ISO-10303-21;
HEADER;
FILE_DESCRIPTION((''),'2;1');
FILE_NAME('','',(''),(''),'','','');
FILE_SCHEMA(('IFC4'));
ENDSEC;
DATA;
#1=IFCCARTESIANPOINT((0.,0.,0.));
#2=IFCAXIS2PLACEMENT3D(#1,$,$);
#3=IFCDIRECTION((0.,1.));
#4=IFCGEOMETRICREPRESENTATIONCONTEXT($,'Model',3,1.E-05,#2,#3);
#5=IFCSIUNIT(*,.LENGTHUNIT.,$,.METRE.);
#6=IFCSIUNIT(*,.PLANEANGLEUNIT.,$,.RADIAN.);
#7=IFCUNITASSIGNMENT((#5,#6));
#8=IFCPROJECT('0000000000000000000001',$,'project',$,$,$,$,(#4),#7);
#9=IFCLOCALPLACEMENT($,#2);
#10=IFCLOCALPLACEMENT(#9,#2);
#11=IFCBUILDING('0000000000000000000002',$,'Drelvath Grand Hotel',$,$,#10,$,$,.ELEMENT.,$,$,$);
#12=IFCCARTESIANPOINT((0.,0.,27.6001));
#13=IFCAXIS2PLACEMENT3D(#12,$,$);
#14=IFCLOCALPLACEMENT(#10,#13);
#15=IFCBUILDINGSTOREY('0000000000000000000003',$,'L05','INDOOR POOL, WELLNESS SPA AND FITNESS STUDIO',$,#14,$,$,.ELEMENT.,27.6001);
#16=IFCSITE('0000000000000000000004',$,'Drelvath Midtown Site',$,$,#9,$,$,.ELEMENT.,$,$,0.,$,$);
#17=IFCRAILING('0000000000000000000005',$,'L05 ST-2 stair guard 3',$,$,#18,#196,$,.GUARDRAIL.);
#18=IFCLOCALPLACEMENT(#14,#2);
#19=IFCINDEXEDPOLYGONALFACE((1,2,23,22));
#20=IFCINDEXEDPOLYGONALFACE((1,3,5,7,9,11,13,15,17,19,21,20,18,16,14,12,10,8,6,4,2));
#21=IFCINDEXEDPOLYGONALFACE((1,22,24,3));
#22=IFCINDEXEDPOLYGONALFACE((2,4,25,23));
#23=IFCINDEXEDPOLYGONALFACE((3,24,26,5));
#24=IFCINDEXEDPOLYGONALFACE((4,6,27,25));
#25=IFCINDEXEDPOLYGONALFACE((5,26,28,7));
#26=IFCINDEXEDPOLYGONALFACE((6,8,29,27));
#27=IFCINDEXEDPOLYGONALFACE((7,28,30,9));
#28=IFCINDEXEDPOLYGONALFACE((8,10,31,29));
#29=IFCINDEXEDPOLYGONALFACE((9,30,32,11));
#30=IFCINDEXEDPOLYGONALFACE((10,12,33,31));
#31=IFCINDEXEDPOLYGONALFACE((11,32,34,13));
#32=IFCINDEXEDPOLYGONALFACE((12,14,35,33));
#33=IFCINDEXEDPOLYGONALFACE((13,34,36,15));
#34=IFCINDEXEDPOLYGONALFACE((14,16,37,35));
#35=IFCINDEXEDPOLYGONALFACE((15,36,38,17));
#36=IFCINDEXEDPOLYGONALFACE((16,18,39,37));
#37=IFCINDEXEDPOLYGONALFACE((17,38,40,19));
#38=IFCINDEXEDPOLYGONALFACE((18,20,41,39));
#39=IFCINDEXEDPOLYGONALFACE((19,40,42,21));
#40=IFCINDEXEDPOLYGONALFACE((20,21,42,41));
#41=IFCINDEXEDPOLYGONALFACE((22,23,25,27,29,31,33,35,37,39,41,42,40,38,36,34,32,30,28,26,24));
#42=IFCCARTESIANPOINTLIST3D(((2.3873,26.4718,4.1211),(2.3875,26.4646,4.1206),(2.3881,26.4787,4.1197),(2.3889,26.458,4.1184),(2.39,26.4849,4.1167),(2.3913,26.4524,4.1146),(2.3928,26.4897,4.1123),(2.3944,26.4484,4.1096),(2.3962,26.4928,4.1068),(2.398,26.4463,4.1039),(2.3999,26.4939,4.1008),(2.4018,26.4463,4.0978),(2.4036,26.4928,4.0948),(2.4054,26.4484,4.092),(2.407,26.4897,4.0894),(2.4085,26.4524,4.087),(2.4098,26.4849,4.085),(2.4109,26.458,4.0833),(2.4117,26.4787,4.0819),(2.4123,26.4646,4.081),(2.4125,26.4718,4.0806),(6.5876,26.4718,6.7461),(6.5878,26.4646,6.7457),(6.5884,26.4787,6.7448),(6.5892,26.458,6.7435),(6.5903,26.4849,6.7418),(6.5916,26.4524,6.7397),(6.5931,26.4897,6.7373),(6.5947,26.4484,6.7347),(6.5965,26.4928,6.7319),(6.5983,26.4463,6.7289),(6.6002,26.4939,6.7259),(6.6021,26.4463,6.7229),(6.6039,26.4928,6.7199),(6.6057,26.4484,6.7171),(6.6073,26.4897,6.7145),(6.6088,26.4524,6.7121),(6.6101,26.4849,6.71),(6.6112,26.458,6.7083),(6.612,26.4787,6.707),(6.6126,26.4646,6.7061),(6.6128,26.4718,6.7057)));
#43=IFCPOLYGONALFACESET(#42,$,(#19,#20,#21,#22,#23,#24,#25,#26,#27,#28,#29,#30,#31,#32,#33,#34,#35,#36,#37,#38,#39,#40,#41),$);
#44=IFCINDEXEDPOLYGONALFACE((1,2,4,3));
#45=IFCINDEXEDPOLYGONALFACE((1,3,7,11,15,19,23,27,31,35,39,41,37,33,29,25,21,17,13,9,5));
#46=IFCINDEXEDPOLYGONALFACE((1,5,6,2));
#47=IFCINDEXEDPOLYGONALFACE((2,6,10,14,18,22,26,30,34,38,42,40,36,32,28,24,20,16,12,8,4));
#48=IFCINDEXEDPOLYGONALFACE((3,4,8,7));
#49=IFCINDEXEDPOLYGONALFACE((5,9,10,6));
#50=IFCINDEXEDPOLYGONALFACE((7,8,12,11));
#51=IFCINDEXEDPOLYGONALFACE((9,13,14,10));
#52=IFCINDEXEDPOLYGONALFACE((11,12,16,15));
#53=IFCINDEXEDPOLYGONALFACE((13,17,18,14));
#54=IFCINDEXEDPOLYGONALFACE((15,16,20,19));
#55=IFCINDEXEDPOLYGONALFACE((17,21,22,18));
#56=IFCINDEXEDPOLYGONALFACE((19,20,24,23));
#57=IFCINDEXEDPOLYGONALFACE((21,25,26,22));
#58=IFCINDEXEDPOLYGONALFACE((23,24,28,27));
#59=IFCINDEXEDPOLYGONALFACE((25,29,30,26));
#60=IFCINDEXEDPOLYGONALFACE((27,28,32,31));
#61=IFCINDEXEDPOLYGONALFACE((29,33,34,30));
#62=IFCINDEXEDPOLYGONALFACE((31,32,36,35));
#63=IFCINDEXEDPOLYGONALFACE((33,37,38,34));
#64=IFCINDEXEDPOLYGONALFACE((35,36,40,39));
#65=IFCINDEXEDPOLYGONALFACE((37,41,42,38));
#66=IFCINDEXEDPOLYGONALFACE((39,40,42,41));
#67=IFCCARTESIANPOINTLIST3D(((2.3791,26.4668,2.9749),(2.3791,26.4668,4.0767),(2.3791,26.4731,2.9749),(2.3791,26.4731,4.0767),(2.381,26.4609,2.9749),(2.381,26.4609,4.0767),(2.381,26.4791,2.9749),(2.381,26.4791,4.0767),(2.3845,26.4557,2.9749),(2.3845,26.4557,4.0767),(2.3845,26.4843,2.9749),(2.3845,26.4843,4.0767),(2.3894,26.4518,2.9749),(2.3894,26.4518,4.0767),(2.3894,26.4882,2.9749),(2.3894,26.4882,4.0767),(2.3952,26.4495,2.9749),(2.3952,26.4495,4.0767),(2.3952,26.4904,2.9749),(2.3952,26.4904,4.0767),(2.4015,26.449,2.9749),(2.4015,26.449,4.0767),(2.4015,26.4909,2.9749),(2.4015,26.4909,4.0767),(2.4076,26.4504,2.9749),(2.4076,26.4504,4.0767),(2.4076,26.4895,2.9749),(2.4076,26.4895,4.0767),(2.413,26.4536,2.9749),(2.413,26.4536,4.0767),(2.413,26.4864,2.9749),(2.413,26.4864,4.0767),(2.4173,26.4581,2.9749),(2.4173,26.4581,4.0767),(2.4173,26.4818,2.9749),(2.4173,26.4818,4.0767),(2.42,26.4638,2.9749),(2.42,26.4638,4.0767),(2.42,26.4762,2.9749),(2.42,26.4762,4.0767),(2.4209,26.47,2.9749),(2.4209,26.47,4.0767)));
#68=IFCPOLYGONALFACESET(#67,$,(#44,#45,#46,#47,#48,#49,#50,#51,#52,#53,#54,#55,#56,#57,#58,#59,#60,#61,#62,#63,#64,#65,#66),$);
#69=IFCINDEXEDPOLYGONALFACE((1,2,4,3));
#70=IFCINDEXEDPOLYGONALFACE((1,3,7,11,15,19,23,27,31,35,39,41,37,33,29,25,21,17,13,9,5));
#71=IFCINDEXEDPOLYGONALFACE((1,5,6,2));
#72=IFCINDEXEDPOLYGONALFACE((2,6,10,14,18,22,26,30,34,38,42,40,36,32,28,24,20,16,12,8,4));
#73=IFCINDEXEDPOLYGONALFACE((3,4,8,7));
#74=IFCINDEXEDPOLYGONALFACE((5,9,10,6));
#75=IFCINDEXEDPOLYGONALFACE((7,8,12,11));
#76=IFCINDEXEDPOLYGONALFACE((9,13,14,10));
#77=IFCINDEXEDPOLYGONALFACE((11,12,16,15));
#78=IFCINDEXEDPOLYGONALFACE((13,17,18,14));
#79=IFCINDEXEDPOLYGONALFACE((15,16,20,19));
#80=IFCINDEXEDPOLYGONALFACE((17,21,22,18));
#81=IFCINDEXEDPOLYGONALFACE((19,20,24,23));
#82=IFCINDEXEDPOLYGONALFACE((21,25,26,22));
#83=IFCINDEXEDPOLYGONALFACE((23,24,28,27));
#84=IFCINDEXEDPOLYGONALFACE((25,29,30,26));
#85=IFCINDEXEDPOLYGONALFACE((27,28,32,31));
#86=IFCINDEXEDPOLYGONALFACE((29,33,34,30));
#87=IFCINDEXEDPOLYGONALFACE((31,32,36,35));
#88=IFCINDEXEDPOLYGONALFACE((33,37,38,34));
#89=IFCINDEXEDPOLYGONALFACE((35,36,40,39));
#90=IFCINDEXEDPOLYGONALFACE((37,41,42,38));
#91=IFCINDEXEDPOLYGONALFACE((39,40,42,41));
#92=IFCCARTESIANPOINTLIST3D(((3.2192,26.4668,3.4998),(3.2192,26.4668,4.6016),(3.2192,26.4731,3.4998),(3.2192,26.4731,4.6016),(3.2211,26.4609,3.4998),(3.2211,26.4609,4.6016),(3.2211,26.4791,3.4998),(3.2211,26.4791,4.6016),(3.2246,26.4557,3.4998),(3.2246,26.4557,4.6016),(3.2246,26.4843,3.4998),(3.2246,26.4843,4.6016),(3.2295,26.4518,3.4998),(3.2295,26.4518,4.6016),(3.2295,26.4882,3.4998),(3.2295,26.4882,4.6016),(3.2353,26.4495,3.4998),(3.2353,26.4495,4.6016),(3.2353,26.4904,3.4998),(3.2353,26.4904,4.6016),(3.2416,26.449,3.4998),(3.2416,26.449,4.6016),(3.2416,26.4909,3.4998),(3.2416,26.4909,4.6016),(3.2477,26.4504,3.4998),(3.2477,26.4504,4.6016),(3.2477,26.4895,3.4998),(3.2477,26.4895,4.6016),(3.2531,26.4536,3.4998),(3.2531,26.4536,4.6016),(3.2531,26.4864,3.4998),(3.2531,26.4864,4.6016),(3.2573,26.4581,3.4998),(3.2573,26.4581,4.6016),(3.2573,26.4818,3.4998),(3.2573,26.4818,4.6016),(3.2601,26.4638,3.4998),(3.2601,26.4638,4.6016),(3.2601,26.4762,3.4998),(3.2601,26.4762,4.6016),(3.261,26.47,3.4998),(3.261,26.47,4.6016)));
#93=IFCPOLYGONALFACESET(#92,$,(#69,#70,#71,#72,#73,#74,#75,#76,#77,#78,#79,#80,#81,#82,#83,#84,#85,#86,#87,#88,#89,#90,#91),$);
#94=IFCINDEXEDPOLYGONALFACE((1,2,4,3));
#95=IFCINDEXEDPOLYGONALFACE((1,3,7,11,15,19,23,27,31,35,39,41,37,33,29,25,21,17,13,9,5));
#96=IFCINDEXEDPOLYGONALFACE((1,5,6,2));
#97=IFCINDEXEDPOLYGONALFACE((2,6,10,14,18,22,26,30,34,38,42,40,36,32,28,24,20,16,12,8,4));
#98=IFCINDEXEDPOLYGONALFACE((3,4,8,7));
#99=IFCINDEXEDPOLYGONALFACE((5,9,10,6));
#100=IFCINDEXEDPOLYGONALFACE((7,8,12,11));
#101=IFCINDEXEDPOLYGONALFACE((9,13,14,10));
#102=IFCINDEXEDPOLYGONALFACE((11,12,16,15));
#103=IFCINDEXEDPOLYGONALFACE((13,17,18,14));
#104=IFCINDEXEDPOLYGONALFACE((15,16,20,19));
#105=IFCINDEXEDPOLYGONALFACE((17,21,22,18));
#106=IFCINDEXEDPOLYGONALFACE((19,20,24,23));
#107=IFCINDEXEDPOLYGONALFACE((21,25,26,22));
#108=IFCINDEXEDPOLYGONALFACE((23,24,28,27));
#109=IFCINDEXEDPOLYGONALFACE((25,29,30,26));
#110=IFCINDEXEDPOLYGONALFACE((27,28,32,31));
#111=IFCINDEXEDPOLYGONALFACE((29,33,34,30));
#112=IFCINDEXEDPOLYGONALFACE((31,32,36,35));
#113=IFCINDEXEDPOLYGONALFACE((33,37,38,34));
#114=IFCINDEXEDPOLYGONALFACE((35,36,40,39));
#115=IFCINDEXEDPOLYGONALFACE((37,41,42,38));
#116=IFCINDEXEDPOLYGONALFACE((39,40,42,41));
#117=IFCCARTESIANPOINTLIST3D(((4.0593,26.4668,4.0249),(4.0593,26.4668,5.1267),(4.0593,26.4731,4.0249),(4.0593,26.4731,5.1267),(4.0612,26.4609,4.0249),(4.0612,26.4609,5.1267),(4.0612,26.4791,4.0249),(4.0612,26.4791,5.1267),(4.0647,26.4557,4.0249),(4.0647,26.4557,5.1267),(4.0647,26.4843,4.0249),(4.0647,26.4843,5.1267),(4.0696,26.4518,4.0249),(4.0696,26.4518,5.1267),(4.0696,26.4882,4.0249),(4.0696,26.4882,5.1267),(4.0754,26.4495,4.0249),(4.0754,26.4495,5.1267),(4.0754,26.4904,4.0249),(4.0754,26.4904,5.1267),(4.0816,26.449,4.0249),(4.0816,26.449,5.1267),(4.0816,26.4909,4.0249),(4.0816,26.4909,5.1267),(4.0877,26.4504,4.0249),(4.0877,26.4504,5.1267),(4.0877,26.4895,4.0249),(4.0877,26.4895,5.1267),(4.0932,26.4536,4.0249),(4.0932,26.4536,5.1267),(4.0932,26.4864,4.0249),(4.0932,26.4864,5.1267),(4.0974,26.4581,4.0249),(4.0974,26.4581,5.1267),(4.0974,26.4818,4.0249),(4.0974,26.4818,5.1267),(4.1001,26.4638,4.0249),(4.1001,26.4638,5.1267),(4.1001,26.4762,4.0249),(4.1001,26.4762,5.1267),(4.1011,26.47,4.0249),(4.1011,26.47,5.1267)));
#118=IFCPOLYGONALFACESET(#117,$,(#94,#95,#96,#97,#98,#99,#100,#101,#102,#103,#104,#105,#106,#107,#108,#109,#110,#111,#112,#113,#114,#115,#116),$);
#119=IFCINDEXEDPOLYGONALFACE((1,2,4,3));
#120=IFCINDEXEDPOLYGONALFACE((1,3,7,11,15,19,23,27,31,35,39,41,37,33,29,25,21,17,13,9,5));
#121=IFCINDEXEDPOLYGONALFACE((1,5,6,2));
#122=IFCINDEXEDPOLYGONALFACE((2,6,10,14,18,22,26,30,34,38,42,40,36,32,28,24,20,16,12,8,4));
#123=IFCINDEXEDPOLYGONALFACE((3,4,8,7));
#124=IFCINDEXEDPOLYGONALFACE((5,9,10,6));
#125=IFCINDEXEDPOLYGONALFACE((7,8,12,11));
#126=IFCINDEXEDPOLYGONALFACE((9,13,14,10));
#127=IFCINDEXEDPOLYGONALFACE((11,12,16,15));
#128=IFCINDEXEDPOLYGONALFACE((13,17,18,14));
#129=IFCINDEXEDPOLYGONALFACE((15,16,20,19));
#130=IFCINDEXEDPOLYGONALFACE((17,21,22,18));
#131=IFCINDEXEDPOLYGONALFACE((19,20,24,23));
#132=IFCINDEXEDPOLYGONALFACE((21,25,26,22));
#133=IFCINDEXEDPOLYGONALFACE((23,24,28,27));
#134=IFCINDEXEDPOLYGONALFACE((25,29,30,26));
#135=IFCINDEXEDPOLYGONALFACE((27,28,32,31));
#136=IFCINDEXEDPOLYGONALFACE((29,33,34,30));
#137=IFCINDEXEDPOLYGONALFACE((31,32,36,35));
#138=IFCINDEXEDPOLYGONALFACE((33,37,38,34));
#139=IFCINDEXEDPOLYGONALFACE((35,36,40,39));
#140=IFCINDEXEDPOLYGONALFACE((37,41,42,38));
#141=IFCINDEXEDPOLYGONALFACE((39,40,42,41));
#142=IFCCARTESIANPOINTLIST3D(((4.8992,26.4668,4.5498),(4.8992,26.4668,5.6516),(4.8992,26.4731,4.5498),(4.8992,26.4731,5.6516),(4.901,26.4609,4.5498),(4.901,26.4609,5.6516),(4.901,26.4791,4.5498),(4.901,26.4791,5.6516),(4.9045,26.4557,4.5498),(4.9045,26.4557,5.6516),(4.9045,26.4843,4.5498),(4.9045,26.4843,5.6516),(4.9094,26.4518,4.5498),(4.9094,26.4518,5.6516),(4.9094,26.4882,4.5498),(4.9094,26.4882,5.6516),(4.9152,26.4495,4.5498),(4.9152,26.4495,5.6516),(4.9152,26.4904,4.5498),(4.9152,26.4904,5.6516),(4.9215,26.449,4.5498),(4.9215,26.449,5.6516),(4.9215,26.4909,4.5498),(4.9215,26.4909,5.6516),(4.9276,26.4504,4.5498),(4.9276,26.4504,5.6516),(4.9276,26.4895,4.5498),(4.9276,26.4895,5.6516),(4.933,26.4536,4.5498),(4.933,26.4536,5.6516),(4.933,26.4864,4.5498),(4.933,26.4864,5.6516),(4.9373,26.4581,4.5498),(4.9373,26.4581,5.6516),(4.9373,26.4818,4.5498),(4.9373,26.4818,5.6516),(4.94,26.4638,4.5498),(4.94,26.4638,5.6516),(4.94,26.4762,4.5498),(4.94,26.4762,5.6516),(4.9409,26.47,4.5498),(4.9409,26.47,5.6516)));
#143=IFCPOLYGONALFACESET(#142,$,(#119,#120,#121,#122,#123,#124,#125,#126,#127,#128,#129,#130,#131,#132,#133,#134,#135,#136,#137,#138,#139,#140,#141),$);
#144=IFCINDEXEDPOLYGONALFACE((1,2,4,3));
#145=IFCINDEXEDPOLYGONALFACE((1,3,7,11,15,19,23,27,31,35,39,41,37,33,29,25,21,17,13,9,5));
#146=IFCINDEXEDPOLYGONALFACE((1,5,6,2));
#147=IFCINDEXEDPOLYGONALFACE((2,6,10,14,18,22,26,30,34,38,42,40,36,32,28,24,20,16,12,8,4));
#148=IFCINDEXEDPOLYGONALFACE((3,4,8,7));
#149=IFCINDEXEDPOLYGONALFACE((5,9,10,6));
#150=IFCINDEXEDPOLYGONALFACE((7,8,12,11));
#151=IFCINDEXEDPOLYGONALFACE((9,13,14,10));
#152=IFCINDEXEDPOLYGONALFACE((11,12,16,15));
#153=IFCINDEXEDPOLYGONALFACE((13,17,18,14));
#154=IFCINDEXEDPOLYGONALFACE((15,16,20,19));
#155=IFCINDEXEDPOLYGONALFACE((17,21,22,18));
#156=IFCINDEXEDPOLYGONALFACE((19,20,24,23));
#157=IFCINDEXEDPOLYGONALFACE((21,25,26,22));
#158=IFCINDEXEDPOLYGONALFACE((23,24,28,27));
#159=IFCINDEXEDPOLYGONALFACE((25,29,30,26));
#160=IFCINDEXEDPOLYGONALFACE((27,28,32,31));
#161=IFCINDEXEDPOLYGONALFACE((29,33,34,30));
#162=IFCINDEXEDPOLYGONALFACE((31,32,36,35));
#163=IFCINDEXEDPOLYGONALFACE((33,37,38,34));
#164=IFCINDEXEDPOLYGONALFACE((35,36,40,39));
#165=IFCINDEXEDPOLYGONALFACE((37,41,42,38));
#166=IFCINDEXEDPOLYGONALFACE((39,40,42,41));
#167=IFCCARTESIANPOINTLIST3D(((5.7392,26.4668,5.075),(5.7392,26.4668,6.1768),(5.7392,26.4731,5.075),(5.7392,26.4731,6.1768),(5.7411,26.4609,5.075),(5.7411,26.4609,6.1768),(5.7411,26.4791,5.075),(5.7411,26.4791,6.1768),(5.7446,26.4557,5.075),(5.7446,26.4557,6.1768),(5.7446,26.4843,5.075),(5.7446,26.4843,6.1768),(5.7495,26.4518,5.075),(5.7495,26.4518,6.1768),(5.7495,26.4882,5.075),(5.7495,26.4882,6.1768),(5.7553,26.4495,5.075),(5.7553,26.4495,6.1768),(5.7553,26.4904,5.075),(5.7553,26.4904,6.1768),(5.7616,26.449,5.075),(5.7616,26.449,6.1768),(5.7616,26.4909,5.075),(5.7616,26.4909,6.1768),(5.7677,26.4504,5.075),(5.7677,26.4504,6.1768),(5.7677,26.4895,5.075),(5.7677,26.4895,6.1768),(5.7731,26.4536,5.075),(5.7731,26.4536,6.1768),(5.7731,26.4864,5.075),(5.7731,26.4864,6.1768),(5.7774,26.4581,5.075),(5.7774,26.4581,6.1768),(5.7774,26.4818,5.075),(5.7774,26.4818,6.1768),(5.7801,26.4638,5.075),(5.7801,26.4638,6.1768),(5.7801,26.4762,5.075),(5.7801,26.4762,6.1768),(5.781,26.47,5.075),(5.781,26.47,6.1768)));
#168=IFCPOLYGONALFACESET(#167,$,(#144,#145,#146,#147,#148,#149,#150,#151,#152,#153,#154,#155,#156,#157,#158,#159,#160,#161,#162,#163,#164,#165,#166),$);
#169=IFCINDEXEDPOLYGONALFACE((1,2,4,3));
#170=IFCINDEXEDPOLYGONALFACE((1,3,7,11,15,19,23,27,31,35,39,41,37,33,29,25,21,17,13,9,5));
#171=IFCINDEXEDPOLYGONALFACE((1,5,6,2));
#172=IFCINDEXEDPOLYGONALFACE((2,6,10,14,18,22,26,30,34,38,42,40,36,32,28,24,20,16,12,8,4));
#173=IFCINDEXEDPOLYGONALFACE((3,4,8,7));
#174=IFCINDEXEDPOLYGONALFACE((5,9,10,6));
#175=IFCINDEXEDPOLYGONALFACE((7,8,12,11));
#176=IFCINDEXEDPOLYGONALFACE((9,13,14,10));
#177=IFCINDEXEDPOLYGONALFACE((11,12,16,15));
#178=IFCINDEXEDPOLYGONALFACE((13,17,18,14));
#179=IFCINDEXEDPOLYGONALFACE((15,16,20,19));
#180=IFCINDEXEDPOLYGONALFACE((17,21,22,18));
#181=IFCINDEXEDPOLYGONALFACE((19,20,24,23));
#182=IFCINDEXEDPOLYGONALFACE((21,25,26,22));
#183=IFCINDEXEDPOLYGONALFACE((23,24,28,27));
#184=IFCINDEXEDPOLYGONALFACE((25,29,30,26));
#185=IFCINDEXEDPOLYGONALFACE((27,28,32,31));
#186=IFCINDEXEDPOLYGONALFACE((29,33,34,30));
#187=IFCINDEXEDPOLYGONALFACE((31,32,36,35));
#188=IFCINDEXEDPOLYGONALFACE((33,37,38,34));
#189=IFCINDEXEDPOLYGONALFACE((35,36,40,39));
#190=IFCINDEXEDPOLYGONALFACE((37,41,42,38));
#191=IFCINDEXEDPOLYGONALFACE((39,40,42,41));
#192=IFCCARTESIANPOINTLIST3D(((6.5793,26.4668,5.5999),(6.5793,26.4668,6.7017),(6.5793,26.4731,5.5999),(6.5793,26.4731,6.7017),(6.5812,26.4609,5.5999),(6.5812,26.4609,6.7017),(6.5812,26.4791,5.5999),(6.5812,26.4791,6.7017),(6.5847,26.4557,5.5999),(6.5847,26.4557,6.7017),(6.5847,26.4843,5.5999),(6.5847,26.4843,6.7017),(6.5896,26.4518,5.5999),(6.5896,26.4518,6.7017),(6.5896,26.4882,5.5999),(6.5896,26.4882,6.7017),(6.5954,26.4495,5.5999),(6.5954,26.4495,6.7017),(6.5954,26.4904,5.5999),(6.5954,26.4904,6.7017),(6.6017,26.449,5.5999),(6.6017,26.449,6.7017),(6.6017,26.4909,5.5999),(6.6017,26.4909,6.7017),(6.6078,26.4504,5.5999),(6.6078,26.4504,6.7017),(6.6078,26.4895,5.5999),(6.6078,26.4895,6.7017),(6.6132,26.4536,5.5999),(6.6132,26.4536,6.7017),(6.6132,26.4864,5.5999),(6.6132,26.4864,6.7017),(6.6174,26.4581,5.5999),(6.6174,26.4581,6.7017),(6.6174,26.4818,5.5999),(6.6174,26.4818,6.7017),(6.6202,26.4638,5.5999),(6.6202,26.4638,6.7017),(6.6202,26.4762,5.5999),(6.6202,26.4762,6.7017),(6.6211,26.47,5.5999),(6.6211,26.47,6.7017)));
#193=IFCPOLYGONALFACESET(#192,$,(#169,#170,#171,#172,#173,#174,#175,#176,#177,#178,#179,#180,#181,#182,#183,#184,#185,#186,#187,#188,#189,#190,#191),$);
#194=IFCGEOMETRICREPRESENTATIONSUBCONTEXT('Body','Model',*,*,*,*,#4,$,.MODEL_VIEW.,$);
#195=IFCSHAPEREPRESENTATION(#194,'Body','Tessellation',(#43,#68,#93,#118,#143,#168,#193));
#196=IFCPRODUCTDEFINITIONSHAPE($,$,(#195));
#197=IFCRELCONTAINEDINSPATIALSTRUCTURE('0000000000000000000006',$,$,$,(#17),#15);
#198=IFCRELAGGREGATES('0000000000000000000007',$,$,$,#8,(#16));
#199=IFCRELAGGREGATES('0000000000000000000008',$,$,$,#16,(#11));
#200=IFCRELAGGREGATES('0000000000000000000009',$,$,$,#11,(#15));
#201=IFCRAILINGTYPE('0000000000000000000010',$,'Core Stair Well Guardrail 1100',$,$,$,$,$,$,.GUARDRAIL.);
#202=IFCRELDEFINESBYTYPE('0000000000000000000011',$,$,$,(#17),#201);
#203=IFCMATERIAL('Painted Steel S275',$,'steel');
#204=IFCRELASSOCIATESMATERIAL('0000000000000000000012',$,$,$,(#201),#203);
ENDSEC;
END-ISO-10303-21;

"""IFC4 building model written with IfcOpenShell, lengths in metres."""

from ifc_helpers import new_model, si_unit, direction, frame, origin, origin_2d, place, context, subcontext, project, spatial, circle, extrude, material, type_object, element, save


model = new_model("IFC4")

# Units and contexts
model_context = context("Model", 3, precision=1e-05, world=origin(), true_north=direction((0.0, 1.0)))
body_context = subcontext(model_context, "Body", "Model", "MODEL_VIEW")
ifc_project = project(units=[si_unit("LENGTHUNIT", "METRE"), si_unit("PLANEANGLEUNIT", "RADIAN")], contexts=[model_context])

# Site, building, storey
site_placement = place(None, origin())
site = spatial("IfcSite", under=ifc_project, at=site_placement, Name="Drelvath Midtown Site", CompositionType="ELEMENT", RefElevation=0.0)
building_placement = place(site_placement, origin())
building = spatial("IfcBuilding", under=site, at=building_placement, Name="Drelvath Grand Hotel", CompositionType="ELEMENT")
storey_placement = place(building_placement, frame((0.0, 0.0, 27.6001)))
storey = spatial("IfcBuildingStorey", under=building, at=storey_placement, Name="L05", Description="INDOOR POOL, WELLNESS SPA AND FITNESS STUDIO", CompositionType="ELEMENT", Elevation=27.6001)

# Shared definitions
ifc_material_1 = material(Name="Painted Steel S275", Category="steel")

# Railing
railing_type_1 = type_object("IfcRailingType", Name="Core Stair Well Guardrail 1100", PredefinedType="GUARDRAIL", material=ifc_material_1)
railing_1_placement = place(storey_placement, frame((2.3999, 26.47, 2.9749)))
element("IfcRailing", 1, at=railing_1_placement, inside=storey, type_object=railing_type_1, Name="L05 ST-2 stair guard 3", PredefinedType="GUARDRAIL", context=body_context, shape_type="SweptSolid", body=[
    extrude(circle(Radius=0.0239, at=origin_2d()), frame((0.0, 0.0, 1.126), z_axis=(0.848009, 0.0, 0.529981), x_axis=(0.0, 1.0, 0.0)), (0.0, 0.0, 1.0), 4.9531),
    extrude(circle(Radius=0.021, at=origin_2d()), origin(), (0.0, 0.0, 1.0), 1.1018),
    extrude(circle(Radius=0.021, at=origin_2d()), frame((0.8401, 0.0, 0.5249)), (0.0, 0.0, 1.0), 1.1018),
    extrude(circle(Radius=0.021, at=origin_2d()), frame((1.6802, 0.0, 1.05)), (0.0, 0.0, 1.0), 1.1018),
    extrude(circle(Radius=0.021, at=origin_2d()), frame((2.52, 0.0, 1.575)), (0.0, 0.0, 1.0), 1.1018),
    extrude(circle(Radius=0.021, at=origin_2d()), frame((3.3601, 0.0, 2.1001)), (0.0, 0.0, 1.0), 1.1018),
    extrude(circle(Radius=0.021, at=origin_2d()), frame((4.2002, 0.0, 2.625)), (0.0, 0.0, 1.0), 1.1018),
])

save(model, "model.ifc")
